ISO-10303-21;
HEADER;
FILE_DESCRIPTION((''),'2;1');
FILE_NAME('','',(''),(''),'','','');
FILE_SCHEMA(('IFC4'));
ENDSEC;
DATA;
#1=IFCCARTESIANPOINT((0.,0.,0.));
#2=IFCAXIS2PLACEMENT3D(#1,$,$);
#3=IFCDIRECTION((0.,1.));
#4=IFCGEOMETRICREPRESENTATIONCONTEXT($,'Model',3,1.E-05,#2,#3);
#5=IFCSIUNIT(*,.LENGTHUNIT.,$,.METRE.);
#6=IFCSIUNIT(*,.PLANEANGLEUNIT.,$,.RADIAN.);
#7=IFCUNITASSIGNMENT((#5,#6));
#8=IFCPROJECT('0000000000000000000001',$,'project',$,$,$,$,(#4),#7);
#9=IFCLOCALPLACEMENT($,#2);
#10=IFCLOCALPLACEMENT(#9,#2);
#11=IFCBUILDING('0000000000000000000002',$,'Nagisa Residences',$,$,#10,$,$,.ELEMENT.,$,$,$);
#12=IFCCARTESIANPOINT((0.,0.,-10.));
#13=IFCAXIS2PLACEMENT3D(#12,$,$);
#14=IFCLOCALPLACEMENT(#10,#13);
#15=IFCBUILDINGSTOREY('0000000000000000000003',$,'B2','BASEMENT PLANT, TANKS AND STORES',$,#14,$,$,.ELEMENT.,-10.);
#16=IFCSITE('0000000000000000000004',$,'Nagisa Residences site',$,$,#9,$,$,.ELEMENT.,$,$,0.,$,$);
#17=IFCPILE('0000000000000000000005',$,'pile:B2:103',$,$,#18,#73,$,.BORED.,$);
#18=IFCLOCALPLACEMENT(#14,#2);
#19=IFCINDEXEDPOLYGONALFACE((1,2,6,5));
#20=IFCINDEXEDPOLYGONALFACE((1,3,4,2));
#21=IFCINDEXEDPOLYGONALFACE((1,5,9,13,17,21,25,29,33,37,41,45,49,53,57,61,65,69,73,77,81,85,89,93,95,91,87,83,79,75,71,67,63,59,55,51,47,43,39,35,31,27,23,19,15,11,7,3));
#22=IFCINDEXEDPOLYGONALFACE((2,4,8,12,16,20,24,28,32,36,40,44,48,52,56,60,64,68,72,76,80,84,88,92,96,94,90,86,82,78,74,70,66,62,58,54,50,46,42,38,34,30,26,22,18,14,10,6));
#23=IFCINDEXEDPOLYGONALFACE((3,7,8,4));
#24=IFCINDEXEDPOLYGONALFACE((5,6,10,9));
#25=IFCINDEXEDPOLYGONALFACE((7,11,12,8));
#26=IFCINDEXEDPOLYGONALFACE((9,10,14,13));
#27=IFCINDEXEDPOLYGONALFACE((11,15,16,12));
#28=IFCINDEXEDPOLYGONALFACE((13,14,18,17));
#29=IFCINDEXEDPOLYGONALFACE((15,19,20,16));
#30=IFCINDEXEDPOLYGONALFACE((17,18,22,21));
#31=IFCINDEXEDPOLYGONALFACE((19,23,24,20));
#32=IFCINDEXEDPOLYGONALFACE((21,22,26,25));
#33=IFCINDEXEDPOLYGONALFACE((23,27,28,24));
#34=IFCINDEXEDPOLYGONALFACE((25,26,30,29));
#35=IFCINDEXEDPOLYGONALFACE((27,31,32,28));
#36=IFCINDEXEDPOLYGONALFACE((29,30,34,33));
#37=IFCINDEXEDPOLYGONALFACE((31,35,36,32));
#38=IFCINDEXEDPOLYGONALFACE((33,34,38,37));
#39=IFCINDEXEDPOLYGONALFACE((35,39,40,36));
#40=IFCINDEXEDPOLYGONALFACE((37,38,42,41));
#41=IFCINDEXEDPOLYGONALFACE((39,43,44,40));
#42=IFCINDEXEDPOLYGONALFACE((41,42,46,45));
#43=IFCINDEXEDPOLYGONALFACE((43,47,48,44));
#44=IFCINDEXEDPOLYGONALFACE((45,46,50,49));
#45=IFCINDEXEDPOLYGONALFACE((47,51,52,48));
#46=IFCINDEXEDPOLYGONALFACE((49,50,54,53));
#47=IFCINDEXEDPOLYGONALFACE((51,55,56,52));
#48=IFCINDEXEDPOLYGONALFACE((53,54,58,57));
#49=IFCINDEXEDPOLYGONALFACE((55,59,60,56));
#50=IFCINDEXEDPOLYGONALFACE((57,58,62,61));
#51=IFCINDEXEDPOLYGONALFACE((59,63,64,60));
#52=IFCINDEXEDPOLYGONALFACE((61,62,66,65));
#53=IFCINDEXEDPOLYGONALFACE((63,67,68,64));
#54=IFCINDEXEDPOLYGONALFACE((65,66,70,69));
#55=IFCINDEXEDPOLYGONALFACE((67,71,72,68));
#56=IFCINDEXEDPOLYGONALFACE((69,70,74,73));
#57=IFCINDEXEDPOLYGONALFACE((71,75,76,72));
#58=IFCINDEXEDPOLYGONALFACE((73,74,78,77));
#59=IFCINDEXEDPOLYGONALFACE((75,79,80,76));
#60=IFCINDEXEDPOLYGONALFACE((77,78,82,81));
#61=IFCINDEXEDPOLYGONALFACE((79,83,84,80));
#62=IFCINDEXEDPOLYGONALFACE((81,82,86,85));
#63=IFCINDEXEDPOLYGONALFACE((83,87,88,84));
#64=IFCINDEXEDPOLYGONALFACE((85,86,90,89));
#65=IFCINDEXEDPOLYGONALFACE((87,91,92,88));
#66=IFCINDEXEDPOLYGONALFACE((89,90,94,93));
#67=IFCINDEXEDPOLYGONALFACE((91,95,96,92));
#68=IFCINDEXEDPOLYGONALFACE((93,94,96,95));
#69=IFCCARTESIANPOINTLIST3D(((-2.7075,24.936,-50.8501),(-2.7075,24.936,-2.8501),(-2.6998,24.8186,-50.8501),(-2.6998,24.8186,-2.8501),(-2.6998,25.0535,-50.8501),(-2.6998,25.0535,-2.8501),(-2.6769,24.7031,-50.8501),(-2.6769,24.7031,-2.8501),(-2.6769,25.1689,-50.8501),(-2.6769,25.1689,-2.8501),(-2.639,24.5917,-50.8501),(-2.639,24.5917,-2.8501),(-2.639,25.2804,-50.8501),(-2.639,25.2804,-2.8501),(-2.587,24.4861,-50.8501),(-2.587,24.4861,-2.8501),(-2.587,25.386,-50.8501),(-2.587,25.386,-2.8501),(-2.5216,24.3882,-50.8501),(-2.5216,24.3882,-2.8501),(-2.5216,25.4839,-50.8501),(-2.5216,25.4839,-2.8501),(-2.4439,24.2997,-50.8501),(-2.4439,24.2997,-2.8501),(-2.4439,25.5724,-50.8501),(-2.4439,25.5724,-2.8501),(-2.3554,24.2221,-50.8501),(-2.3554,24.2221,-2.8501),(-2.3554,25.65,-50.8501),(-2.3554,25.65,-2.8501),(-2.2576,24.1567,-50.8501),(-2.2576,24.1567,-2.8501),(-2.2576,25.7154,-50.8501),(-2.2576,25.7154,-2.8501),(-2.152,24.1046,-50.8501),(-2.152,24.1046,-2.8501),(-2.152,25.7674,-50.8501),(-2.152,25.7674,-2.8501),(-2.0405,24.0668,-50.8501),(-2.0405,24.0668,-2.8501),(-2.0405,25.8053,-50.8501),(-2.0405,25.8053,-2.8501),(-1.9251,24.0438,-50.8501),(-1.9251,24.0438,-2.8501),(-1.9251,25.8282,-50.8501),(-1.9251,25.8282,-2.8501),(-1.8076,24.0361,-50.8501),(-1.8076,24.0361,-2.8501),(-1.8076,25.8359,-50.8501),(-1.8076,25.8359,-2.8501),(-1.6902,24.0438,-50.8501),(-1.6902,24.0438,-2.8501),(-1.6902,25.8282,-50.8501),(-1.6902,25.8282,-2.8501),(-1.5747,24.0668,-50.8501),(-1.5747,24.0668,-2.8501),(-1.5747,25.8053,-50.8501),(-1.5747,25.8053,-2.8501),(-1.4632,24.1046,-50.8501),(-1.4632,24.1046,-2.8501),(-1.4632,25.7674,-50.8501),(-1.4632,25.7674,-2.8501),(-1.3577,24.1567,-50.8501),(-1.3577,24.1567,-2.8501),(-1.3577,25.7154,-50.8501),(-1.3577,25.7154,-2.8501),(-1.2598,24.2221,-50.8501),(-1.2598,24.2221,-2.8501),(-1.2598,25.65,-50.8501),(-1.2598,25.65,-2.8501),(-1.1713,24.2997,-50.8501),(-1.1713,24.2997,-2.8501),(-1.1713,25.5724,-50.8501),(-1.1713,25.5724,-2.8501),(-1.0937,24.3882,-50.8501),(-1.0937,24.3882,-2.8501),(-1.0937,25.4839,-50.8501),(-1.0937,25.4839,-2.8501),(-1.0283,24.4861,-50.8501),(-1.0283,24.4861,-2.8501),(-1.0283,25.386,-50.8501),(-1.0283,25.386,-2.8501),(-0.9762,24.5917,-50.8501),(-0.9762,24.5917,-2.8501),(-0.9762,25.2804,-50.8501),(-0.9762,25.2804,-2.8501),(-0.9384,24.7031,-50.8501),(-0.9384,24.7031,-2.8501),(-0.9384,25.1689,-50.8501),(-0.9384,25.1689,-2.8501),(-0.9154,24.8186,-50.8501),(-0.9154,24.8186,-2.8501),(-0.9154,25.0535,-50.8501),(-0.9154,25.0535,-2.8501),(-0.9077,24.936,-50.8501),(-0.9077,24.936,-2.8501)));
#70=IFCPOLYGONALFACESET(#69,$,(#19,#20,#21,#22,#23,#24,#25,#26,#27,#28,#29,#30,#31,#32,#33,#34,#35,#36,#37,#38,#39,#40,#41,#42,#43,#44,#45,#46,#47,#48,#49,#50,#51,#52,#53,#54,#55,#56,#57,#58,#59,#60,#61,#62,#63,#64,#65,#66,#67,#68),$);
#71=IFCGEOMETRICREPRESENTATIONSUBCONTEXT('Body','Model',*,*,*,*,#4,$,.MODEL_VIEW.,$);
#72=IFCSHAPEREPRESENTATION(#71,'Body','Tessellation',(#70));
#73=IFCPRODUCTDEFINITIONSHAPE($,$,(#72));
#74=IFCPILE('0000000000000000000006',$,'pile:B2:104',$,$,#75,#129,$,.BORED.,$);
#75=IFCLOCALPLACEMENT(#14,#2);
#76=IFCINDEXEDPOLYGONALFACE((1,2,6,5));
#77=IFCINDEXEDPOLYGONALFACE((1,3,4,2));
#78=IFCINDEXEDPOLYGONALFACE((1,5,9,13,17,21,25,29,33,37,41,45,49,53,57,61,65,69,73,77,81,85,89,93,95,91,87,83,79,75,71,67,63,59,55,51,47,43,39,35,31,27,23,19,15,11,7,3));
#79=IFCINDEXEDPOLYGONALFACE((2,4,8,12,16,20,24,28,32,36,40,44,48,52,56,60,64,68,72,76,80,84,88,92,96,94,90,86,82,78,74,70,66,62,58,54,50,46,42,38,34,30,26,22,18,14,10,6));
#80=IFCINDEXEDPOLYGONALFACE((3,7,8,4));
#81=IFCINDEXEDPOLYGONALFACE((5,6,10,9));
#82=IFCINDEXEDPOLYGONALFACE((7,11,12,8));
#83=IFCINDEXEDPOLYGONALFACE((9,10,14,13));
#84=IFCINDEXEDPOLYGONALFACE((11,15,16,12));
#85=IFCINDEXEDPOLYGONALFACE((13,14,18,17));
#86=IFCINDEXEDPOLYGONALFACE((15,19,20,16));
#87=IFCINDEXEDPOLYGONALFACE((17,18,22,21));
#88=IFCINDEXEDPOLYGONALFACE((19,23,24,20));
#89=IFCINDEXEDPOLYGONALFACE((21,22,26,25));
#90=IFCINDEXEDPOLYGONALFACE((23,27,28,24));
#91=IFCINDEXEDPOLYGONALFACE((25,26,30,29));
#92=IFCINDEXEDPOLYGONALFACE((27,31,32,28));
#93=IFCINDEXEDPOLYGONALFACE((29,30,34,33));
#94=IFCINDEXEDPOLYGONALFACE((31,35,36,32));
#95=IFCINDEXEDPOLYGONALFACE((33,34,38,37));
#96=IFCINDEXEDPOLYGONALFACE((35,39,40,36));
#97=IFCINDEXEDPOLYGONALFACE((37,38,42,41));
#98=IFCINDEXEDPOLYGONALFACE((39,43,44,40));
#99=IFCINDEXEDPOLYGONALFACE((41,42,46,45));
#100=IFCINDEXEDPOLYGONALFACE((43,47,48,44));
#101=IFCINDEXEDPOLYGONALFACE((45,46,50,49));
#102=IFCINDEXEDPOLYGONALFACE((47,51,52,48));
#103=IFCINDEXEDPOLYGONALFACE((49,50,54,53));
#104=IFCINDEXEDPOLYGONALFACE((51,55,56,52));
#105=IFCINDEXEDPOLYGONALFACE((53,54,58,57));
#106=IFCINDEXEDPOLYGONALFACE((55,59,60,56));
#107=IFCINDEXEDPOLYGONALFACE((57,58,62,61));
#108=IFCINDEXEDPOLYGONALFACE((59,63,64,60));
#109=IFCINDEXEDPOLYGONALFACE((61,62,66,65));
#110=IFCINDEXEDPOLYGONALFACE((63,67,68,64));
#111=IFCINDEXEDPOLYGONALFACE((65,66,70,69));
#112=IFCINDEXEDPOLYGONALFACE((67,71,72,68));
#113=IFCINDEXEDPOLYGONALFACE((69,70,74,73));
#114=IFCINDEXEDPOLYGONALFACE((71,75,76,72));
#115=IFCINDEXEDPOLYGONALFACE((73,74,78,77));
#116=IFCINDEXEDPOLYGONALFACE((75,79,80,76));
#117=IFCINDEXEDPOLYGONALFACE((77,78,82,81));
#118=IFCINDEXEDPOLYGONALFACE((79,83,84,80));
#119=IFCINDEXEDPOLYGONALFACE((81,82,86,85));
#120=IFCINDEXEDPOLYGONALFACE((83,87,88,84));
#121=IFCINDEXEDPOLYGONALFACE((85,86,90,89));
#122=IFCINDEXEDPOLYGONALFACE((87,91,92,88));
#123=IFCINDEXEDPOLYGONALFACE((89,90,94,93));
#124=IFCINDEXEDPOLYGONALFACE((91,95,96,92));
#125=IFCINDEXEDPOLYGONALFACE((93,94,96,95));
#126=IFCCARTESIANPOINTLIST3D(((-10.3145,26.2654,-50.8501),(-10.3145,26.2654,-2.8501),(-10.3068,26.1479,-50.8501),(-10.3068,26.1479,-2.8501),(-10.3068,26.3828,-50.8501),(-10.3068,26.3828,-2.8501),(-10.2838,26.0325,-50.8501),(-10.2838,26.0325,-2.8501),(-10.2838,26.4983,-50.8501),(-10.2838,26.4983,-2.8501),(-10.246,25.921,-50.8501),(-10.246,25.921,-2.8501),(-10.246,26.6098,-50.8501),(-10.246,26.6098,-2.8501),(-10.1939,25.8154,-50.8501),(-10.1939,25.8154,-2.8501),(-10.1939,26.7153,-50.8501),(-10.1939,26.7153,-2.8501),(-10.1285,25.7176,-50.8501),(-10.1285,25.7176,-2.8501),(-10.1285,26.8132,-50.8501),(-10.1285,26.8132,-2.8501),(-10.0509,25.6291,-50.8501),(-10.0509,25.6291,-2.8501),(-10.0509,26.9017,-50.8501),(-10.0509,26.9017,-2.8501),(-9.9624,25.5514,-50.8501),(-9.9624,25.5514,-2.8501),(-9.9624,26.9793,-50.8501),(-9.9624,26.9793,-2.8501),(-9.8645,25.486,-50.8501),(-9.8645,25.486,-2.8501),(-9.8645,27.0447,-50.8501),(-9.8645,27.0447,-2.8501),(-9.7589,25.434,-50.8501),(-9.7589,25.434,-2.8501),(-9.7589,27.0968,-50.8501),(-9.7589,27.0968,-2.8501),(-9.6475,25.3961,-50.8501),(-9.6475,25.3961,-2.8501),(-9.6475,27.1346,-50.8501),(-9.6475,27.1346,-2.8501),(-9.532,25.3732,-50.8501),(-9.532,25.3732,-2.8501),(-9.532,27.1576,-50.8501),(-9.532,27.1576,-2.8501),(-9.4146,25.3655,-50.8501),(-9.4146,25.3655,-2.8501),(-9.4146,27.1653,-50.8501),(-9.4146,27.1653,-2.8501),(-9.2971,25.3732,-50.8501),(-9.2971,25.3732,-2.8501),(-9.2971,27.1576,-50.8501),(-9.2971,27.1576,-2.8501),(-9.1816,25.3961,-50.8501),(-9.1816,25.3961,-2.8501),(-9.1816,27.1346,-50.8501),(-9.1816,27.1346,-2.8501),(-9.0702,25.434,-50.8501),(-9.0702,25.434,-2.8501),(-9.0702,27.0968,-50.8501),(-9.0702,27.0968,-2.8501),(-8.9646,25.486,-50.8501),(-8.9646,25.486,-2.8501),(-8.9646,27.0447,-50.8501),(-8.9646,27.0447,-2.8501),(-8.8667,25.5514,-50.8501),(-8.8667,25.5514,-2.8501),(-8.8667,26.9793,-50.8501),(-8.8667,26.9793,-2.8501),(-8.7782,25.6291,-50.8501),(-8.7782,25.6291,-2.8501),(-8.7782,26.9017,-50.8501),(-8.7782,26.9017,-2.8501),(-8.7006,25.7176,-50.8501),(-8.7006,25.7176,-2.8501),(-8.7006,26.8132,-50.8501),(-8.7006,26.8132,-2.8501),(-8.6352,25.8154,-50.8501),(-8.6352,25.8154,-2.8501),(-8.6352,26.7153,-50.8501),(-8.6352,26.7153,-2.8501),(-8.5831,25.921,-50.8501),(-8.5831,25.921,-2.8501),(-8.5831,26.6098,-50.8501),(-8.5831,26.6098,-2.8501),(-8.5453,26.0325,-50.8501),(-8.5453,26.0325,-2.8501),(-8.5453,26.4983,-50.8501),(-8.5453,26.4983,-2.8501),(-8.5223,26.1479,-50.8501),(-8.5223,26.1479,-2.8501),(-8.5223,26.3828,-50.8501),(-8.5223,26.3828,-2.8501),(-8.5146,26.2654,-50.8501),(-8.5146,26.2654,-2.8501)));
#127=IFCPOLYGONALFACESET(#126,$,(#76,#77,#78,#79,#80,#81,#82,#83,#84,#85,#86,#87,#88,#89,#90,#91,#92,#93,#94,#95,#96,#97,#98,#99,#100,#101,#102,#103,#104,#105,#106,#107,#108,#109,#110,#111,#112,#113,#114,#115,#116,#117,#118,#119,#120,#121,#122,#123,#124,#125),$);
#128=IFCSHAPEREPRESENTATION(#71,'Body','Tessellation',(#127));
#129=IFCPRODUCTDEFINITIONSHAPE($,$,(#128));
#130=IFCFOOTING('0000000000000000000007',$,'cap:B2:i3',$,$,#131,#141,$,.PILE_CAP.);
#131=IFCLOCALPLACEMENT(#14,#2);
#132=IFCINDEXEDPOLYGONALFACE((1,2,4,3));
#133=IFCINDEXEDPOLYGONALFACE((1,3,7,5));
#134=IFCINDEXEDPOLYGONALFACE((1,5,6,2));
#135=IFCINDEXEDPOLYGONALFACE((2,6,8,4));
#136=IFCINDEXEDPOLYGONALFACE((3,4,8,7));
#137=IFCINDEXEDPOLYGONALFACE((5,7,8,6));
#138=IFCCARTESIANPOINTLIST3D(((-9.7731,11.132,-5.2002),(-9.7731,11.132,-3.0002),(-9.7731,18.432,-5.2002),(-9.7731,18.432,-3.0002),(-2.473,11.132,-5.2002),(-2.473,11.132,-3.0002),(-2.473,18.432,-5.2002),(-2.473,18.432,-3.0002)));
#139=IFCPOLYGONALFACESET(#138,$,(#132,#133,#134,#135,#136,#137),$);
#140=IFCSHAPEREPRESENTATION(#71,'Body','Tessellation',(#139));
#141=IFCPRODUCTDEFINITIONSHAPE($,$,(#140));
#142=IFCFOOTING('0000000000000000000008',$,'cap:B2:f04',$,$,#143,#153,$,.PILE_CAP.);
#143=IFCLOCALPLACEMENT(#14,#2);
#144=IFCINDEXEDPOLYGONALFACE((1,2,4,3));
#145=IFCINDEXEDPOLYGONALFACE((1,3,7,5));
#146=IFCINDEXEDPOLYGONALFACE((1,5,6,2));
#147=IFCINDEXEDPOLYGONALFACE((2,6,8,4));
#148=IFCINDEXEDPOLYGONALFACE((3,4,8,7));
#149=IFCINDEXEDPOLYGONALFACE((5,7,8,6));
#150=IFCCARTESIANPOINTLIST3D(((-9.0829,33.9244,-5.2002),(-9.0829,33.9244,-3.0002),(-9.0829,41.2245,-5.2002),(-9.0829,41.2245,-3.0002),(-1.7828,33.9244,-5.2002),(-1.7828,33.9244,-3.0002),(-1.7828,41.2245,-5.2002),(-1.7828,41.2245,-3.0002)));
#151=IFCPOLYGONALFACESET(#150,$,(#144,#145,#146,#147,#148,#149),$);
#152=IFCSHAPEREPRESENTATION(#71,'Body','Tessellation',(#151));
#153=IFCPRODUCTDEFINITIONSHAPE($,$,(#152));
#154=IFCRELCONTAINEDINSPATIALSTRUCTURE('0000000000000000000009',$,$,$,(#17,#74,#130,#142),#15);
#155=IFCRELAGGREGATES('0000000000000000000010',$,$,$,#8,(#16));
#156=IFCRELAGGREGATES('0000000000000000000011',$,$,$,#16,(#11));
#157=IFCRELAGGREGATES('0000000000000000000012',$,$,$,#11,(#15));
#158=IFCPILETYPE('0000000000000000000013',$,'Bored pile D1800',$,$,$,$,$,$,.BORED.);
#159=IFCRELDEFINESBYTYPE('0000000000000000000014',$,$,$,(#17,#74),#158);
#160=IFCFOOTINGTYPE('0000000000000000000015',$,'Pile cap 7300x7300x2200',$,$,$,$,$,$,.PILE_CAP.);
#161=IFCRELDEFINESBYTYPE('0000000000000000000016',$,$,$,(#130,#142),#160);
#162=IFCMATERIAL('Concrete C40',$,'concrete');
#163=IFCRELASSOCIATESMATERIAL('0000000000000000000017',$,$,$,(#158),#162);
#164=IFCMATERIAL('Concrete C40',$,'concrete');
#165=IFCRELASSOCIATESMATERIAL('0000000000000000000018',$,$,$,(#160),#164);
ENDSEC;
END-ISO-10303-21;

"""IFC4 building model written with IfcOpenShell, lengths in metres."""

from ifc_helpers import new_model, si_unit, direction, frame, origin, origin_2d, place, context, subcontext, project, spatial, rectangle, circle, extrude, material, material_profile, profile_set, type_object, element, save


model = new_model("IFC4")

# Units and contexts
model_context = context("Model", 3, precision=1e-05, world=origin(), true_north=direction((0.0, 1.0)))
body_context = subcontext(model_context, "Body", "Model", "MODEL_VIEW")
ifc_project = project(units=[si_unit("LENGTHUNIT", "METRE"), si_unit("PLANEANGLEUNIT", "RADIAN")], contexts=[model_context])

# Site, building, storey
site_placement = place(None, origin())
site = spatial("IfcSite", under=ifc_project, at=site_placement, Name="Nagisa Residences site", CompositionType="ELEMENT", RefElevation=0.0)
building_placement = place(site_placement, origin())
building = spatial("IfcBuilding", under=site, at=building_placement, Name="Nagisa Residences", CompositionType="ELEMENT")
storey_placement = place(building_placement, frame((0.0, 0.0, -10.0)))
storey = spatial("IfcBuildingStorey", under=building, at=storey_placement, Name="B2", Description="BASEMENT PLANT, TANKS AND STORES", CompositionType="ELEMENT", Elevation=-10.0)

# Piles
ifc_material_1 = material(Name="Concrete C40", Category="concrete")
ifc_material_profile_1 = material_profile(ifc_material_1, circle(Radius=0.8999, at=origin_2d()), Name="Bored pile D1800")
ifc_profile_set_1 = profile_set([ifc_material_profile_1], Name="Concrete C40")
pile_type = type_object("IfcPileType", Name="Bored pile D1800", PredefinedType="BORED", material=ifc_profile_set_1)
for number, where, z_axis, x_axis, name in (
    (1, (-1.8076, 24.936, -2.8501), (0.0, 0.0, -1.0), (1.0, 0.0, 0.0), "pile:B2:103"),
    (2, (-9.4146, 26.2654, -2.8501), (0.0, 0.0, -1.0), (1.0, 0.0, 0.0), "pile:B2:104"),
):
    element("IfcPile", number, at=place(storey_placement, frame(where, z_axis=z_axis, x_axis=x_axis)), inside=storey, type_object=pile_type, Name=name, PredefinedType="BORED", context=body_context, shape_type="SweptSolid", body=[
        extrude(circle(Radius=0.8999, at=origin_2d()), origin(), (0.0, 0.0, 1.0), 48.0),
    ])

# Footings
ifc_material_2 = material(Name="Concrete C40", Category="concrete")
footing_type = type_object("IfcFootingType", Name="Pile cap 7300x7300x2200", PredefinedType="PILE_CAP", material=ifc_material_2)
for number, where, z_axis, x_axis, name in (
    (3, (-6.123, 14.782, -5.2002), (0.0, 0.0, 1.0), (1.0, 0.0, 0.0), "cap:B2:i3"),
    (4, (-5.4329, 37.5745, -5.2002), (0.0, 0.0, 1.0), (1.0, 0.0, 0.0), "cap:B2:f04"),
):
    element("IfcFooting", number, at=place(storey_placement, frame(where, z_axis=z_axis, x_axis=x_axis)), inside=storey, type_object=footing_type, Name=name, PredefinedType="PILE_CAP", context=body_context, shape_type="SweptSolid", body=[
        extrude(rectangle(XDim=7.3, YDim=7.3, at=origin_2d()), origin(), (0.0, 0.0, 1.0), 2.2),
    ])

save(model, "model.ifc")
